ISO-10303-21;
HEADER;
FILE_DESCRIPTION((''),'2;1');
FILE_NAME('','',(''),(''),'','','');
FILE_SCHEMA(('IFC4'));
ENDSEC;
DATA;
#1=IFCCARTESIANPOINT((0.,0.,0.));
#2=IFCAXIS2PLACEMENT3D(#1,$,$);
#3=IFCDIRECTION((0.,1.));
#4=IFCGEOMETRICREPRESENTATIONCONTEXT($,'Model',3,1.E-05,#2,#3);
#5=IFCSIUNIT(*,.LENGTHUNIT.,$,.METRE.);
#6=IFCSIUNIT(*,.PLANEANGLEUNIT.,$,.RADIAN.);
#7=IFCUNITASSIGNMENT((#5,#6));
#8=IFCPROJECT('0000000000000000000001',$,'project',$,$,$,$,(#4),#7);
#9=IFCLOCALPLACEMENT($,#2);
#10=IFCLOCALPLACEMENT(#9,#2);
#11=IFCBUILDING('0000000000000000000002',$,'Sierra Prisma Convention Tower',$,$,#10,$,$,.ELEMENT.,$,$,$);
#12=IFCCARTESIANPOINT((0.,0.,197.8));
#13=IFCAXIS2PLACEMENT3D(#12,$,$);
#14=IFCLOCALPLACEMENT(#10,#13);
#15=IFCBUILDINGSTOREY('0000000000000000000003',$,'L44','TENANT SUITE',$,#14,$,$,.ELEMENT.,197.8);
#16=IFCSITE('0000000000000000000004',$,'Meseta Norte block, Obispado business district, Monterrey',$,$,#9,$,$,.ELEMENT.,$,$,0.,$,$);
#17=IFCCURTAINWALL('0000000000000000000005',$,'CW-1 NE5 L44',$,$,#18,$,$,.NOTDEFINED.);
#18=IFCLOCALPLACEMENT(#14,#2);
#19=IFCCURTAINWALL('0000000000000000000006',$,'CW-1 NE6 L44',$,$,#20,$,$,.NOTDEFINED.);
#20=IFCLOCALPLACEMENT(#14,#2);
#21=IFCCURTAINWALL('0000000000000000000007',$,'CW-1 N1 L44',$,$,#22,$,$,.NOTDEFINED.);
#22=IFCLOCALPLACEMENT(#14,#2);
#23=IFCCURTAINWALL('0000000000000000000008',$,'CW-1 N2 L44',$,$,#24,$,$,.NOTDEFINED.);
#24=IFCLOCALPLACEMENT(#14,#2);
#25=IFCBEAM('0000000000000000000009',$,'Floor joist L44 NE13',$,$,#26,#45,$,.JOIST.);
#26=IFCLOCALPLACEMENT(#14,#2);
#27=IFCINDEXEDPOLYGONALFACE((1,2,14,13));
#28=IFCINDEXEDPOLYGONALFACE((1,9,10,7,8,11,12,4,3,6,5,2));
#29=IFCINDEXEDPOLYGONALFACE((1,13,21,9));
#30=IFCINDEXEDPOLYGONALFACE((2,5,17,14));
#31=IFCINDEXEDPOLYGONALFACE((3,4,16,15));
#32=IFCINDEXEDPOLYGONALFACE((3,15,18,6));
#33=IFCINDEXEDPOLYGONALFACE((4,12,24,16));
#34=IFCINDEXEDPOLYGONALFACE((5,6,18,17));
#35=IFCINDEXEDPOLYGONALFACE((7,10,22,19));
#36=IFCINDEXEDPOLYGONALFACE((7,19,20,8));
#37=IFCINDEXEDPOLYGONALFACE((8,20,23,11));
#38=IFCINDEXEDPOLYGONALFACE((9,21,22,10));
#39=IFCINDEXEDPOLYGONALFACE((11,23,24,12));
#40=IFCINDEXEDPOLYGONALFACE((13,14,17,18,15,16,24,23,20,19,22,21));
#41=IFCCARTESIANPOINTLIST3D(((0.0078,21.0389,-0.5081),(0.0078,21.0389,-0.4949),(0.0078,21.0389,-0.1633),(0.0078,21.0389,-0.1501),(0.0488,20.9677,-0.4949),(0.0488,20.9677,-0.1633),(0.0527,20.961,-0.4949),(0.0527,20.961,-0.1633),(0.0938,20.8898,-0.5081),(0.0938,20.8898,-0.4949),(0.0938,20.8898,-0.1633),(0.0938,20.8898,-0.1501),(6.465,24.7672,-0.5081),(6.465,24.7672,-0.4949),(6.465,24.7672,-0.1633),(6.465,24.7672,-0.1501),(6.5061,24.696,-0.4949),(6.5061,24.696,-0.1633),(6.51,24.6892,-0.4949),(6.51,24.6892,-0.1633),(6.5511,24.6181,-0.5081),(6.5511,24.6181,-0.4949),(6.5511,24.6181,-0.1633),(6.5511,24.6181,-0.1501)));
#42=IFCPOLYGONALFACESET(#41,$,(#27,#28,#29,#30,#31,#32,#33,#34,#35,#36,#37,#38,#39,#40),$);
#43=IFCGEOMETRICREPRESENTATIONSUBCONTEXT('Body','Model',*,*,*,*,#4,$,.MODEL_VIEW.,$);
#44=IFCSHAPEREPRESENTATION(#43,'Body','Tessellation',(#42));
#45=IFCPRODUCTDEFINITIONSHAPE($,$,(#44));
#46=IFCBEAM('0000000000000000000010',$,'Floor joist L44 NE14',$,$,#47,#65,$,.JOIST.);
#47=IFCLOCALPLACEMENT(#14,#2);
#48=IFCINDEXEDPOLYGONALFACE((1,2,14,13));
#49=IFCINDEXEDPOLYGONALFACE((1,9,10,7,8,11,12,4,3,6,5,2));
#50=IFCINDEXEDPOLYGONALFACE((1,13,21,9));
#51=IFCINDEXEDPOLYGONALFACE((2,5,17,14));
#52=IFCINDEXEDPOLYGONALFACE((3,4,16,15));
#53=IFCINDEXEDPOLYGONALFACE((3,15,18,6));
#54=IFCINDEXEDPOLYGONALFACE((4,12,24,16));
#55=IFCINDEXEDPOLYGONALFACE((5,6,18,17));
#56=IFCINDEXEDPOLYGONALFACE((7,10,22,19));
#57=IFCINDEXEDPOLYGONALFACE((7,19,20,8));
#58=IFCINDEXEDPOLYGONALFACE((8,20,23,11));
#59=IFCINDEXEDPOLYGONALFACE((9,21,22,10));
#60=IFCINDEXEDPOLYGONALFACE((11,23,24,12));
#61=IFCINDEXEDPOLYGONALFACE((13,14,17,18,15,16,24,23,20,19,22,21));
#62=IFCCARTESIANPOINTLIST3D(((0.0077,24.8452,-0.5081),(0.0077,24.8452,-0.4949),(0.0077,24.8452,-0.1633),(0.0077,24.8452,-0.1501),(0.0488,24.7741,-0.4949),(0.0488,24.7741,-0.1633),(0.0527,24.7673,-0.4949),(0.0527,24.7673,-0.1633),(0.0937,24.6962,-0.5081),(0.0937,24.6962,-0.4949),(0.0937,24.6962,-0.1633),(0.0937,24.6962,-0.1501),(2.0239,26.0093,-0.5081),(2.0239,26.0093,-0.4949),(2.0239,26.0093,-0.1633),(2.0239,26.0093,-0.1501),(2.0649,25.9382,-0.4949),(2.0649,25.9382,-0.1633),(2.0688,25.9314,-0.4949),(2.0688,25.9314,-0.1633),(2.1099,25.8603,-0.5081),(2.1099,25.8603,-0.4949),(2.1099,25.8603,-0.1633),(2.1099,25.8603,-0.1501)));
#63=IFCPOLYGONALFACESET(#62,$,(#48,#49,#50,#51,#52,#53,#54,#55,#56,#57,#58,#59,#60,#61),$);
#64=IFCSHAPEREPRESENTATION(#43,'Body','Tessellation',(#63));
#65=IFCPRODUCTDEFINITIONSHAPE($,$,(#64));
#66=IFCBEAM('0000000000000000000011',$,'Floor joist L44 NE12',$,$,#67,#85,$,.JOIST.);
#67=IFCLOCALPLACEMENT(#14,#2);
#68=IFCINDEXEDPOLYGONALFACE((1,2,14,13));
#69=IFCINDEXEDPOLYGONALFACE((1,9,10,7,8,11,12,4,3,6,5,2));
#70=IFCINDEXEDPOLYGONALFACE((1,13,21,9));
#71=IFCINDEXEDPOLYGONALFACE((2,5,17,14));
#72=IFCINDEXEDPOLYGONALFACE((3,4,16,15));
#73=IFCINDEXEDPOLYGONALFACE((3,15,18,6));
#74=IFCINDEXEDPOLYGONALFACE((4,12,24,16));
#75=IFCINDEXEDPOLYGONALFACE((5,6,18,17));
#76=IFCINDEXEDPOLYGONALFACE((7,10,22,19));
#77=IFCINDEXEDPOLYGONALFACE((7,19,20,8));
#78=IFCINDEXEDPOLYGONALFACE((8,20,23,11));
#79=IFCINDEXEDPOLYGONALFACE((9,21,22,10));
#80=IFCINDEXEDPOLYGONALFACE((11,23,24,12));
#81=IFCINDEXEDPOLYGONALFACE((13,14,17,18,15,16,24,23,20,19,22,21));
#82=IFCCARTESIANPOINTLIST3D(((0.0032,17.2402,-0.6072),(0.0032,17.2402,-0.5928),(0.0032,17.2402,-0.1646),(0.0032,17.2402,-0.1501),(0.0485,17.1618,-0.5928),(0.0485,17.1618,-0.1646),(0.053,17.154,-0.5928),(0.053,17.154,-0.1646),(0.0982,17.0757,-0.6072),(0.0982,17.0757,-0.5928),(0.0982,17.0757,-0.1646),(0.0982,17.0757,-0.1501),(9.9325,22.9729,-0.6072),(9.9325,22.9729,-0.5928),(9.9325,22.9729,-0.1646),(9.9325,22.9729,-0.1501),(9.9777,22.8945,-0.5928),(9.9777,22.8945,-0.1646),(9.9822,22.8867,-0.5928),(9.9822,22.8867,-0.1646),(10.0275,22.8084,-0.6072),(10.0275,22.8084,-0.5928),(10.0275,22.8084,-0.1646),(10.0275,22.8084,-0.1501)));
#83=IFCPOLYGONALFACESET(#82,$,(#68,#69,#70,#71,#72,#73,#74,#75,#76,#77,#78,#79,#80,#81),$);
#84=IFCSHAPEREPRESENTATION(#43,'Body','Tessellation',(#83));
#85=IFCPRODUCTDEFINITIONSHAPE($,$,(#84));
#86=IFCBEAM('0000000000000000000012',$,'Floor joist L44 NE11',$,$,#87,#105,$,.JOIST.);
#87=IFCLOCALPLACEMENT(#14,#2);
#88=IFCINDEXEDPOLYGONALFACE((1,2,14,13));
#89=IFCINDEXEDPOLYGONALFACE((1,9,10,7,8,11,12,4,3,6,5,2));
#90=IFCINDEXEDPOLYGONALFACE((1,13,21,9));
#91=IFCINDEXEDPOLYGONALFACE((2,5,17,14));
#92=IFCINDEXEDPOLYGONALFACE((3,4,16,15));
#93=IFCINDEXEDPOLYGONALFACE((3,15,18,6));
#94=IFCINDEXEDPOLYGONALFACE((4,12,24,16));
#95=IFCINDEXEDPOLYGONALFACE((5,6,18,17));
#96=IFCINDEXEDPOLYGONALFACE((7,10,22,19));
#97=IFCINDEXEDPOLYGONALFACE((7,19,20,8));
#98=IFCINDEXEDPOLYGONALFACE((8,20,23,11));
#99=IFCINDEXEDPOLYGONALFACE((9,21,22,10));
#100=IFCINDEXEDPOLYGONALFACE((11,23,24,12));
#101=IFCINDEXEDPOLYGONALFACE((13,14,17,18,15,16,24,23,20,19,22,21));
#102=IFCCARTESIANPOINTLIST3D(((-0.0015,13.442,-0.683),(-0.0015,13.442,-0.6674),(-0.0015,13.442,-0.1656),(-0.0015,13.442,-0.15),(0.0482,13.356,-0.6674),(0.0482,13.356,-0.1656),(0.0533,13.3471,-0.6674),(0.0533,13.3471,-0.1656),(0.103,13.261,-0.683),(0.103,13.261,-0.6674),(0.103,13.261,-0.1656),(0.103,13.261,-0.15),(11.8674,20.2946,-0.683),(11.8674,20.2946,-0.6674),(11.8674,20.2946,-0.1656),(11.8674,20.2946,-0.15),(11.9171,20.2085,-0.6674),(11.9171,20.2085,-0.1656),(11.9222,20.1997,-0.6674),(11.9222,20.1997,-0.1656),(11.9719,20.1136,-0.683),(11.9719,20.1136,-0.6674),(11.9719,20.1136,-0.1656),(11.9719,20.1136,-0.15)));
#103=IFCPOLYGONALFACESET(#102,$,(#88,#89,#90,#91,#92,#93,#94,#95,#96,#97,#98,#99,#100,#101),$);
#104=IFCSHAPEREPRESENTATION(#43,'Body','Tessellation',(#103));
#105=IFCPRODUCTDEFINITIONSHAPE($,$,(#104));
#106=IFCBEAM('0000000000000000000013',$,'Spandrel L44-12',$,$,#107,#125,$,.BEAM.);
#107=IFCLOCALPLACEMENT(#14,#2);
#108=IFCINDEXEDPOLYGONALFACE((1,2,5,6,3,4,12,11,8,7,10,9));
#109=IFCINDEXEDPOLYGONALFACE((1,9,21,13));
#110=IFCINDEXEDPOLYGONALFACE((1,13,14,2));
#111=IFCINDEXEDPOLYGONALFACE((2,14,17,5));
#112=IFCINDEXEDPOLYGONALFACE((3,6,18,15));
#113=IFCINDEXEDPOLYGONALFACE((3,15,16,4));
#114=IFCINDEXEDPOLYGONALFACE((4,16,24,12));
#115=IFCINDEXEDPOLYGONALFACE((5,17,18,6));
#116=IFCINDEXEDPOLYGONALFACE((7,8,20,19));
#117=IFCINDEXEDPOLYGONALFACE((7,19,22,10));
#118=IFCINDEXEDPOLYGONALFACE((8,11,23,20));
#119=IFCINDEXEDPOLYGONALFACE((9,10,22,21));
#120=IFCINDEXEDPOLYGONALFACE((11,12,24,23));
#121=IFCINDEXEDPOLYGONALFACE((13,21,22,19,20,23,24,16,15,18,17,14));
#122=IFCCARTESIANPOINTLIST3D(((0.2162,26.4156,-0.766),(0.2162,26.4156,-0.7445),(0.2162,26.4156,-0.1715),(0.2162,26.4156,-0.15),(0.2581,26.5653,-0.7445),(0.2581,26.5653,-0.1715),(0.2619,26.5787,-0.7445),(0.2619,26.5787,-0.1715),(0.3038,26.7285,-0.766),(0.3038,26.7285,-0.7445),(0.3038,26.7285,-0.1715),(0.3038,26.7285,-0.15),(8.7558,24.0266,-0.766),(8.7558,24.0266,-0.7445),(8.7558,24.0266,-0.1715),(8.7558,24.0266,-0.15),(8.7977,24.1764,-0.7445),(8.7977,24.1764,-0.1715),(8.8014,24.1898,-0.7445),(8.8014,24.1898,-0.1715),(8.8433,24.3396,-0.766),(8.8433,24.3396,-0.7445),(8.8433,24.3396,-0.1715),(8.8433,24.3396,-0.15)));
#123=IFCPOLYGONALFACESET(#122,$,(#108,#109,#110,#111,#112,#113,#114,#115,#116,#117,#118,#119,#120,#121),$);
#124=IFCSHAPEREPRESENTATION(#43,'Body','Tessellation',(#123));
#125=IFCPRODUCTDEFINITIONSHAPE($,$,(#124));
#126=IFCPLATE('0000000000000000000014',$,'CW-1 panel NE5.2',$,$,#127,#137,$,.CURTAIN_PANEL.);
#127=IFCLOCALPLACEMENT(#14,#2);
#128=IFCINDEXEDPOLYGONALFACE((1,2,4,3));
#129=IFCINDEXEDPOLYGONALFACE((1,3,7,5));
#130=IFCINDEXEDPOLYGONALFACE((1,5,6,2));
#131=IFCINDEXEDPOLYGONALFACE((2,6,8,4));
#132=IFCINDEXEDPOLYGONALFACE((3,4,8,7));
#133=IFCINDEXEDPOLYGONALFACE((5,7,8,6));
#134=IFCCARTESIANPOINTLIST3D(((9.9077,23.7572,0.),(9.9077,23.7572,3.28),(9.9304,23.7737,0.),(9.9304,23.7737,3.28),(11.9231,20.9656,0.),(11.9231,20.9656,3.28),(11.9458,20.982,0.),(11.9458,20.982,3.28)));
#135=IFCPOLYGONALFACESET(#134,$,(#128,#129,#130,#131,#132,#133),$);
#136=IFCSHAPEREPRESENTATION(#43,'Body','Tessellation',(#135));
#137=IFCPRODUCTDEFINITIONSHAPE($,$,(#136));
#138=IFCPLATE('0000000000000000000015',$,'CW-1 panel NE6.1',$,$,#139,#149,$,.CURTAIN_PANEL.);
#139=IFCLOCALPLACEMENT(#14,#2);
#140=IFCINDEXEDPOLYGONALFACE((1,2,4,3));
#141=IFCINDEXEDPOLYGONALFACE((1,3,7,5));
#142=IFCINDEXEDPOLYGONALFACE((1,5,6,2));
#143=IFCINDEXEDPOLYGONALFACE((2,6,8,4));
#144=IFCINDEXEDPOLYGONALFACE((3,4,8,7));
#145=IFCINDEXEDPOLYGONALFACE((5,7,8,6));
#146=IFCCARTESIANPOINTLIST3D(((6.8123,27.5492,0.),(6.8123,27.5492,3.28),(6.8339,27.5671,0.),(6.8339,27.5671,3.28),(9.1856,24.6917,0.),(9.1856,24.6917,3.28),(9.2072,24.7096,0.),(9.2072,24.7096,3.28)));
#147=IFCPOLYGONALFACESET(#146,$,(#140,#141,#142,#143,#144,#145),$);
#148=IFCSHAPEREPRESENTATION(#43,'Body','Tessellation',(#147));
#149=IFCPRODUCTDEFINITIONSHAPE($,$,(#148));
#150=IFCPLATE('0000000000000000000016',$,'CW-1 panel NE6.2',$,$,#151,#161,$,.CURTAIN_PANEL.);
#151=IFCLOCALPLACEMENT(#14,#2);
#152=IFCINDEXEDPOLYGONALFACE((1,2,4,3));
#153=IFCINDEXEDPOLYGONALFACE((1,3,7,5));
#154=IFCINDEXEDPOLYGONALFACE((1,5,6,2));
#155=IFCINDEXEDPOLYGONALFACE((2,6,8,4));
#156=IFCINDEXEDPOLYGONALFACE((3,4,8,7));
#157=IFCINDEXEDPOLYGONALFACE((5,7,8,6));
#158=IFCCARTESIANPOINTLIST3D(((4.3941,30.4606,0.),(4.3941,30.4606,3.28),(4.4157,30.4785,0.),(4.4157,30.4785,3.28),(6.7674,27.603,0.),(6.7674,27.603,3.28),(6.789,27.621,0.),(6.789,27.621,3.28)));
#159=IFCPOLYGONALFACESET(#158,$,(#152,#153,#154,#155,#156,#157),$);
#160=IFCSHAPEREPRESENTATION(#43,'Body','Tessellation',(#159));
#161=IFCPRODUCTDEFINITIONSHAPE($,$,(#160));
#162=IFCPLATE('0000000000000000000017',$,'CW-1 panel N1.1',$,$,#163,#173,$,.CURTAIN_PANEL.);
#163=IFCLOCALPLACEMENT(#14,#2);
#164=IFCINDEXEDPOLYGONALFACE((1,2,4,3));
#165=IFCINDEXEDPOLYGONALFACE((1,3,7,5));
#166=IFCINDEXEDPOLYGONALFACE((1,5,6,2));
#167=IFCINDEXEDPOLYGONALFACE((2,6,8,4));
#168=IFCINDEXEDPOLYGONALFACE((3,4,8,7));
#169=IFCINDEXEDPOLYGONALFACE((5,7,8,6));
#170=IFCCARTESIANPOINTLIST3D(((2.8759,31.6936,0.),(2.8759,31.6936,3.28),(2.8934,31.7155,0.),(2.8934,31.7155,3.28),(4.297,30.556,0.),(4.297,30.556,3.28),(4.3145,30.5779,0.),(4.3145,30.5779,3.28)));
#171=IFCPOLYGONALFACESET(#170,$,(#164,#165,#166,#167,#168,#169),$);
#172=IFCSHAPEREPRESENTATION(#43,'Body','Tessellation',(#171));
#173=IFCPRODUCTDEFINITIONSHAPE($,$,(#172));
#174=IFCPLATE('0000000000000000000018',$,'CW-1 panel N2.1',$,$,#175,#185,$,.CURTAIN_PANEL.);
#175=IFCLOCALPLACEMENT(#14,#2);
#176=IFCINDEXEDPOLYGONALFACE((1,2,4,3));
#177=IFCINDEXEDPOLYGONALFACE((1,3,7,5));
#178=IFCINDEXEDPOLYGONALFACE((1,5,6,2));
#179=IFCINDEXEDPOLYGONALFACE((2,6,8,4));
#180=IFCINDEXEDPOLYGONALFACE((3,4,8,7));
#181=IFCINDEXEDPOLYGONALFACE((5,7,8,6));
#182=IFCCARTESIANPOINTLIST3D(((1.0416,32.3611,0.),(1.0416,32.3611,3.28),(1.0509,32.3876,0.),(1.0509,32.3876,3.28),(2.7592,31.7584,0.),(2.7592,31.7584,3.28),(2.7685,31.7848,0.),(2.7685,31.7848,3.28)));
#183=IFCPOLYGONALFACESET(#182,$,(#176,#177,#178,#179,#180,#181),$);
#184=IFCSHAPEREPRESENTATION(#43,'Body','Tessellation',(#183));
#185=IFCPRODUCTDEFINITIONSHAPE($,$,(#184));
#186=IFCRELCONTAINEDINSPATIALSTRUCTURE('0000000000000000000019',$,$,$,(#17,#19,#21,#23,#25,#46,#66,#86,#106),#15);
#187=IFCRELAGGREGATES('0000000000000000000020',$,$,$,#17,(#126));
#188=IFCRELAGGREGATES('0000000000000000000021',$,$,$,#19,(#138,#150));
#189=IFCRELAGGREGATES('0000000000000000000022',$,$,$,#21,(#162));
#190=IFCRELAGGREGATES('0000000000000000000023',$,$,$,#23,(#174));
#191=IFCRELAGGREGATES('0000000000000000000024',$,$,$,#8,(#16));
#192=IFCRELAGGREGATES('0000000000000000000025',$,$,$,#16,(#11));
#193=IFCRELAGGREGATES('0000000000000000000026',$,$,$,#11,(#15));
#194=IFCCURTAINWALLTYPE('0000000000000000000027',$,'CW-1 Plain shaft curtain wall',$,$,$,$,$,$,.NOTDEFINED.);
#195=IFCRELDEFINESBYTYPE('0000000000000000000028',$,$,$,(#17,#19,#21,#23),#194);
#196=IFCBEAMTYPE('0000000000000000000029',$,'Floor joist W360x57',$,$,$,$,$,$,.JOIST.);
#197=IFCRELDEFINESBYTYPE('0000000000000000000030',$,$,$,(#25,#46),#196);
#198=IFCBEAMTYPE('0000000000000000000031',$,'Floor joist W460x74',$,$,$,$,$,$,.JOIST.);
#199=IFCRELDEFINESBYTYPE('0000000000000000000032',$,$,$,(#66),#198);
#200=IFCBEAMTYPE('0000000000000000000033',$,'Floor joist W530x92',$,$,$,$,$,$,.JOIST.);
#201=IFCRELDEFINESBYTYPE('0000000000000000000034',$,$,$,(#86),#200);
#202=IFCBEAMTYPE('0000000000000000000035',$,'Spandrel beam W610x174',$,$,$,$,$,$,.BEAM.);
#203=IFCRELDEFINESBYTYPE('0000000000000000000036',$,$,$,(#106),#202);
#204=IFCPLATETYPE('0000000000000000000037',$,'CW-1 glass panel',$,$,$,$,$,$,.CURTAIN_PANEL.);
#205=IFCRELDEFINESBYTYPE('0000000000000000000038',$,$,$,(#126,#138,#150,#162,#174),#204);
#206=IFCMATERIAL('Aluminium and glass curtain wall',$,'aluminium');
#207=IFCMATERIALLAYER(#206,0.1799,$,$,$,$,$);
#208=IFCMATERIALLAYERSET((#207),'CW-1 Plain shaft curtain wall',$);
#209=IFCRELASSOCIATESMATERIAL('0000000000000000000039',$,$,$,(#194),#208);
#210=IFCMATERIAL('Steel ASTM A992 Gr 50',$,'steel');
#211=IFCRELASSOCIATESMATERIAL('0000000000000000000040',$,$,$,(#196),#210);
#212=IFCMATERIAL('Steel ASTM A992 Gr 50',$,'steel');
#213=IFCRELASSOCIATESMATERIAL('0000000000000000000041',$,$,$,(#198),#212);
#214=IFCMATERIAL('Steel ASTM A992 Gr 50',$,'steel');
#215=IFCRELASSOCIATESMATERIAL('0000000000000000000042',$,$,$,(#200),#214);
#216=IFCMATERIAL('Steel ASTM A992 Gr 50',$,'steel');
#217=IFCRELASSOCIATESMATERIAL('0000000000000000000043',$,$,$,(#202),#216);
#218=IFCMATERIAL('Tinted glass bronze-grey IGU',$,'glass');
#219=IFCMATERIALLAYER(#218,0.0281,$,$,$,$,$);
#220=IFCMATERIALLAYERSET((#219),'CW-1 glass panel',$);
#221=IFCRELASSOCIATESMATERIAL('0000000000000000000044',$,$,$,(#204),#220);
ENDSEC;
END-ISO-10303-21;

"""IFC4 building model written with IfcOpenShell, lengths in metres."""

from ifc_helpers import new_model, si_unit, direction, frame, origin, origin_2d, place, context, subcontext, project, spatial, rectangle, i_section, extrude, material, layer, layer_set, material_profile, profile_set, type_object, element, aggregate, save


model = new_model("IFC4")

# Units and contexts
model_context = context("Model", 3, precision=1e-05, world=origin(), true_north=direction((0.0, 1.0)))
body_context = subcontext(model_context, "Body", "Model", "MODEL_VIEW")
ifc_project = project(units=[si_unit("LENGTHUNIT", "METRE"), si_unit("PLANEANGLEUNIT", "RADIAN")], contexts=[model_context])

# Site, building, storey
site_placement = place(None, origin())
site = spatial("IfcSite", under=ifc_project, at=site_placement, Name="Meseta Norte block, Obispado business district, Monterrey", CompositionType="ELEMENT", RefElevation=0.0)
building_placement = place(site_placement, origin())
building = spatial("IfcBuilding", under=site, at=building_placement, Name="Sierra Prisma Convention Tower", CompositionType="ELEMENT")
storey_placement = place(building_placement, frame((0.0, 0.0, 197.8)))
storey = spatial("IfcBuildingStorey", under=building, at=storey_placement, Name="L44", Description="TENANT SUITE", CompositionType="ELEMENT", Elevation=197.8)

# Curtain wall
ifc_material_1 = material(Name="Aluminium and glass curtain wall", Category="aluminium")
ifc_layer_1 = layer(ifc_material_1, 0.1799)
ifc_layer_set_1 = layer_set([ifc_layer_1], Name="CW-1 Plain shaft curtain wall")
curtain_wall_type = type_object("IfcCurtainWallType", Name="CW-1 Plain shaft curtain wall", PredefinedType="NOTDEFINED", material=ifc_layer_set_1)
curtain_wall_1_placement = place(storey_placement, origin())
curtain_wall_1 = element("IfcCurtainWall", 1, at=curtain_wall_1_placement, inside=storey, type_object=curtain_wall_type, Name="CW-1 NE5 L44", PredefinedType="NOTDEFINED")

# Curtain walls
curtain_wall_2_placement = place(storey_placement, origin())
curtain_wall_2 = element("IfcCurtainWall", 2, at=curtain_wall_2_placement, inside=storey, type_object=curtain_wall_type, Name="CW-1 NE6 L44", PredefinedType="NOTDEFINED")
curtain_wall_3_placement = place(storey_placement, origin())
curtain_wall_3 = element("IfcCurtainWall", 3, at=curtain_wall_3_placement, inside=storey, type_object=curtain_wall_type, Name="CW-1 N1 L44", PredefinedType="NOTDEFINED")
curtain_wall_4_placement = place(storey_placement, origin())
curtain_wall_4 = element("IfcCurtainWall", 4, at=curtain_wall_4_placement, inside=storey, type_object=curtain_wall_type, Name="CW-1 N2 L44", PredefinedType="NOTDEFINED")

# Beams
ifc_material_2 = material(Name="Steel ASTM A992 Gr 50", Category="steel")
ifc_material_profile_1 = material_profile(ifc_material_2, i_section(OverallWidth=0.1721, OverallDepth=0.3579, WebThickness=0.0078, FlangeThickness=0.0132, at=origin_2d()), Name="W360x57")
ifc_profile_set_1 = profile_set([ifc_material_profile_1], Name="Steel ASTM A992 Gr 50")
beam_type_1 = type_object("IfcBeamType", Name="Floor joist W360x57", PredefinedType="JOIST", material=ifc_profile_set_1)
beam_1_placement = place(storey_placement, frame((6.5081, 24.6926, -0.3291), z_axis=(-0.866016, -0.500016, 0.0), x_axis=(0.500016, -0.866016, 0.0)))
element("IfcBeam", 5, at=beam_1_placement, inside=storey, type_object=beam_type_1, Name="Floor joist L44 NE13", PredefinedType="JOIST", context=body_context, shape_type="SweptSolid", body=[
    extrude(i_section(OverallWidth=0.1721, OverallDepth=0.3579, WebThickness=0.0078, FlangeThickness=0.0132, at=origin_2d()), origin(), (0.0, 0.0, 1.0), 7.4563),
])
beam_2_placement = place(storey_placement, frame((2.0669, 25.9348, -0.3291), z_axis=(-0.866014, -0.500019, 0.0), x_axis=(0.500019, -0.866014, 0.0)))
element("IfcBeam", 6, at=beam_2_placement, inside=storey, type_object=beam_type_1, Name="Floor joist L44 NE14", PredefinedType="JOIST", context=body_context, shape_type="SweptSolid", body=[
    extrude(i_section(OverallWidth=0.1721, OverallDepth=0.3579, WebThickness=0.0078, FlangeThickness=0.0132, at=origin_2d()), origin(), (0.0, 0.0, 1.0), 2.3281),
])
ifc_material_3 = material(Name="Steel ASTM A992 Gr 50", Category="steel")
ifc_material_profile_2 = material_profile(ifc_material_3, i_section(OverallWidth=0.1899, OverallDepth=0.457, WebThickness=0.009, FlangeThickness=0.0144, at=origin_2d()), Name="W460x74")
ifc_profile_set_2 = profile_set([ifc_material_profile_2], Name="Steel ASTM A992 Gr 50")
beam_type_2 = type_object("IfcBeamType", Name="Floor joist W460x74", PredefinedType="JOIST", material=ifc_profile_set_2)
beam_3_placement = place(storey_placement, frame((9.98, 22.8906, -0.3787), z_axis=(-0.866024, -0.500003, 0.0), x_axis=(0.500003, -0.866024, 0.0)))
element("IfcBeam", 7, at=beam_3_placement, inside=storey, type_object=beam_type_2, Name="Floor joist L44 NE12", PredefinedType="JOIST", context=body_context, shape_type="SweptSolid", body=[
    extrude(i_section(OverallWidth=0.1899, OverallDepth=0.457, WebThickness=0.009, FlangeThickness=0.0144, at=origin_2d()), origin(), (0.0, 0.0, 1.0), 11.4653),
])
ifc_material_4 = material(Name="Steel ASTM A992 Gr 50", Category="steel")
ifc_material_profile_3 = material_profile(ifc_material_4, i_section(OverallWidth=0.209, OverallDepth=0.533, WebThickness=0.0103, FlangeThickness=0.0156, at=origin_2d()), Name="W530x92")
ifc_profile_set_3 = profile_set([ifc_material_profile_3], Name="Steel ASTM A992 Gr 50")
beam_type_3 = type_object("IfcBeamType", Name="Floor joist W530x92", PredefinedType="JOIST", material=ifc_profile_set_3)
beam_4_placement = place(storey_placement, frame((11.9197, 20.2041, -0.4165), z_axis=(-0.866025, -0.500002, 0.0), x_axis=(0.500002, -0.866025, 0.0)))
element("IfcBeam", 8, at=beam_4_placement, inside=storey, type_object=beam_type_3, Name="Floor joist L44 NE11", PredefinedType="JOIST", context=body_context, shape_type="SweptSolid", body=[
    extrude(i_section(OverallWidth=0.209, OverallDepth=0.533, WebThickness=0.0103, FlangeThickness=0.0156, at=origin_2d()), origin(), (0.0, 0.0, 1.0), 13.7051),
])
ifc_material_5 = material(Name="Steel ASTM A992 Gr 50", Category="steel")
ifc_material_profile_4 = material_profile(ifc_material_5, i_section(OverallWidth=0.325, OverallDepth=0.616, WebThickness=0.0139, FlangeThickness=0.0215, at=origin_2d()), Name="W610x174")
ifc_profile_set_4 = profile_set([ifc_material_profile_4], Name="Steel ASTM A992 Gr 50")
beam_type_4 = type_object("IfcBeamType", Name="Spandrel beam W610x174", PredefinedType="BEAM", material=ifc_profile_set_4)
beam_5_placement = place(storey_placement, frame((8.7996, 24.1831, -0.458), z_axis=(-0.963027, 0.269404, 0.0), x_axis=(-0.269404, -0.963027, 0.0)))
element("IfcBeam", 9, at=beam_5_placement, inside=storey, type_object=beam_type_4, Name="Spandrel L44-12", PredefinedType="BEAM", context=body_context, shape_type="SweptSolid", body=[
    extrude(i_section(OverallWidth=0.325, OverallDepth=0.616, WebThickness=0.0139, FlangeThickness=0.0215, at=origin_2d()), origin(), (0.0, 0.0, 1.0), 8.8674),
])

# Plates
ifc_material_6 = material(Name="Tinted glass bronze-grey IGU", Category="glass")
ifc_layer_2 = layer(ifc_material_6, 0.0281)
ifc_layer_set_2 = layer_set([ifc_layer_2], Name="CW-1 glass panel")
plate_type = type_object("IfcPlateType", Name="CW-1 glass panel", PredefinedType="CURTAIN_PANEL", material=ifc_layer_set_2)
plate_1_placement = place(storey_placement, frame((10.9268, 22.3696, 0.0), z_axis=(0.0, 0.0, 1.0), x_axis=(-0.585338, 0.810789, 0.0)))
plate_1 = element("IfcPlate", 10, at=plate_1_placement, type_object=plate_type, Name="CW-1 panel NE5.2", PredefinedType="CURTAIN_PANEL", context=body_context, shape_type="SweptSolid", body=[
    extrude(rectangle(XDim=3.4431, YDim=0.0281, at=origin_2d()), origin(), (0.0, 0.0, 1.0), 3.28),
])
aggregate(curtain_wall_1, [plate_1])
plate_2_placement = place(storey_placement, frame((8.0098, 26.1294, 0.0), z_axis=(0.0, 0.0, 1.0), x_axis=(-0.638922, 0.769271, 0.0)))
plate_2 = element("IfcPlate", 11, at=plate_2_placement, type_object=plate_type, Name="CW-1 panel NE6.1", PredefinedType="CURTAIN_PANEL", context=body_context, shape_type="SweptSolid", body=[
    extrude(rectangle(XDim=3.7146, YDim=0.0281, at=origin_2d()), origin(), (0.0, 0.0, 1.0), 3.28),
])
plate_3_placement = place(storey_placement, frame((5.5916, 29.0408, 0.0), z_axis=(0.0, 0.0, 1.0), x_axis=(-0.638922, 0.769271, 0.0)))
plate_3 = element("IfcPlate", 12, at=plate_3_placement, type_object=plate_type, Name="CW-1 panel NE6.2", PredefinedType="CURTAIN_PANEL", context=body_context, shape_type="SweptSolid", body=[
    extrude(rectangle(XDim=3.7146, YDim=0.0281, at=origin_2d()), origin(), (0.0, 0.0, 1.0), 3.28),
])
aggregate(curtain_wall_2, [plate_2, plate_3])
plate_4_placement = place(storey_placement, frame((3.5952, 31.1357, 0.0), z_axis=(0.0, 0.0, 1.0), x_axis=(-0.780682, 0.624929, 0.0)))
plate_4 = element("IfcPlate", 13, at=plate_4_placement, type_object=plate_type, Name="CW-1 panel N1.1", PredefinedType="CURTAIN_PANEL", context=body_context, shape_type="SweptSolid", body=[
    extrude(rectangle(XDim=1.8203, YDim=0.0281, at=origin_2d()), origin(), (0.0, 0.0, 1.0), 3.28),
])
aggregate(curtain_wall_3, [plate_4])
plate_5_placement = place(storey_placement, frame((1.905, 32.073, 0.0), z_axis=(0.0, 0.0, 1.0), x_axis=(-0.943579, 0.331148, 0.0)))
plate_5 = element("IfcPlate", 14, at=plate_5_placement, type_object=plate_type, Name="CW-1 panel N2.1", PredefinedType="CURTAIN_PANEL", context=body_context, shape_type="SweptSolid", body=[
    extrude(rectangle(XDim=1.8203, YDim=0.0281, at=origin_2d()), origin(), (0.0, 0.0, 1.0), 3.28),
])
aggregate(curtain_wall_4, [plate_5])

save(model, "model.ifc")
